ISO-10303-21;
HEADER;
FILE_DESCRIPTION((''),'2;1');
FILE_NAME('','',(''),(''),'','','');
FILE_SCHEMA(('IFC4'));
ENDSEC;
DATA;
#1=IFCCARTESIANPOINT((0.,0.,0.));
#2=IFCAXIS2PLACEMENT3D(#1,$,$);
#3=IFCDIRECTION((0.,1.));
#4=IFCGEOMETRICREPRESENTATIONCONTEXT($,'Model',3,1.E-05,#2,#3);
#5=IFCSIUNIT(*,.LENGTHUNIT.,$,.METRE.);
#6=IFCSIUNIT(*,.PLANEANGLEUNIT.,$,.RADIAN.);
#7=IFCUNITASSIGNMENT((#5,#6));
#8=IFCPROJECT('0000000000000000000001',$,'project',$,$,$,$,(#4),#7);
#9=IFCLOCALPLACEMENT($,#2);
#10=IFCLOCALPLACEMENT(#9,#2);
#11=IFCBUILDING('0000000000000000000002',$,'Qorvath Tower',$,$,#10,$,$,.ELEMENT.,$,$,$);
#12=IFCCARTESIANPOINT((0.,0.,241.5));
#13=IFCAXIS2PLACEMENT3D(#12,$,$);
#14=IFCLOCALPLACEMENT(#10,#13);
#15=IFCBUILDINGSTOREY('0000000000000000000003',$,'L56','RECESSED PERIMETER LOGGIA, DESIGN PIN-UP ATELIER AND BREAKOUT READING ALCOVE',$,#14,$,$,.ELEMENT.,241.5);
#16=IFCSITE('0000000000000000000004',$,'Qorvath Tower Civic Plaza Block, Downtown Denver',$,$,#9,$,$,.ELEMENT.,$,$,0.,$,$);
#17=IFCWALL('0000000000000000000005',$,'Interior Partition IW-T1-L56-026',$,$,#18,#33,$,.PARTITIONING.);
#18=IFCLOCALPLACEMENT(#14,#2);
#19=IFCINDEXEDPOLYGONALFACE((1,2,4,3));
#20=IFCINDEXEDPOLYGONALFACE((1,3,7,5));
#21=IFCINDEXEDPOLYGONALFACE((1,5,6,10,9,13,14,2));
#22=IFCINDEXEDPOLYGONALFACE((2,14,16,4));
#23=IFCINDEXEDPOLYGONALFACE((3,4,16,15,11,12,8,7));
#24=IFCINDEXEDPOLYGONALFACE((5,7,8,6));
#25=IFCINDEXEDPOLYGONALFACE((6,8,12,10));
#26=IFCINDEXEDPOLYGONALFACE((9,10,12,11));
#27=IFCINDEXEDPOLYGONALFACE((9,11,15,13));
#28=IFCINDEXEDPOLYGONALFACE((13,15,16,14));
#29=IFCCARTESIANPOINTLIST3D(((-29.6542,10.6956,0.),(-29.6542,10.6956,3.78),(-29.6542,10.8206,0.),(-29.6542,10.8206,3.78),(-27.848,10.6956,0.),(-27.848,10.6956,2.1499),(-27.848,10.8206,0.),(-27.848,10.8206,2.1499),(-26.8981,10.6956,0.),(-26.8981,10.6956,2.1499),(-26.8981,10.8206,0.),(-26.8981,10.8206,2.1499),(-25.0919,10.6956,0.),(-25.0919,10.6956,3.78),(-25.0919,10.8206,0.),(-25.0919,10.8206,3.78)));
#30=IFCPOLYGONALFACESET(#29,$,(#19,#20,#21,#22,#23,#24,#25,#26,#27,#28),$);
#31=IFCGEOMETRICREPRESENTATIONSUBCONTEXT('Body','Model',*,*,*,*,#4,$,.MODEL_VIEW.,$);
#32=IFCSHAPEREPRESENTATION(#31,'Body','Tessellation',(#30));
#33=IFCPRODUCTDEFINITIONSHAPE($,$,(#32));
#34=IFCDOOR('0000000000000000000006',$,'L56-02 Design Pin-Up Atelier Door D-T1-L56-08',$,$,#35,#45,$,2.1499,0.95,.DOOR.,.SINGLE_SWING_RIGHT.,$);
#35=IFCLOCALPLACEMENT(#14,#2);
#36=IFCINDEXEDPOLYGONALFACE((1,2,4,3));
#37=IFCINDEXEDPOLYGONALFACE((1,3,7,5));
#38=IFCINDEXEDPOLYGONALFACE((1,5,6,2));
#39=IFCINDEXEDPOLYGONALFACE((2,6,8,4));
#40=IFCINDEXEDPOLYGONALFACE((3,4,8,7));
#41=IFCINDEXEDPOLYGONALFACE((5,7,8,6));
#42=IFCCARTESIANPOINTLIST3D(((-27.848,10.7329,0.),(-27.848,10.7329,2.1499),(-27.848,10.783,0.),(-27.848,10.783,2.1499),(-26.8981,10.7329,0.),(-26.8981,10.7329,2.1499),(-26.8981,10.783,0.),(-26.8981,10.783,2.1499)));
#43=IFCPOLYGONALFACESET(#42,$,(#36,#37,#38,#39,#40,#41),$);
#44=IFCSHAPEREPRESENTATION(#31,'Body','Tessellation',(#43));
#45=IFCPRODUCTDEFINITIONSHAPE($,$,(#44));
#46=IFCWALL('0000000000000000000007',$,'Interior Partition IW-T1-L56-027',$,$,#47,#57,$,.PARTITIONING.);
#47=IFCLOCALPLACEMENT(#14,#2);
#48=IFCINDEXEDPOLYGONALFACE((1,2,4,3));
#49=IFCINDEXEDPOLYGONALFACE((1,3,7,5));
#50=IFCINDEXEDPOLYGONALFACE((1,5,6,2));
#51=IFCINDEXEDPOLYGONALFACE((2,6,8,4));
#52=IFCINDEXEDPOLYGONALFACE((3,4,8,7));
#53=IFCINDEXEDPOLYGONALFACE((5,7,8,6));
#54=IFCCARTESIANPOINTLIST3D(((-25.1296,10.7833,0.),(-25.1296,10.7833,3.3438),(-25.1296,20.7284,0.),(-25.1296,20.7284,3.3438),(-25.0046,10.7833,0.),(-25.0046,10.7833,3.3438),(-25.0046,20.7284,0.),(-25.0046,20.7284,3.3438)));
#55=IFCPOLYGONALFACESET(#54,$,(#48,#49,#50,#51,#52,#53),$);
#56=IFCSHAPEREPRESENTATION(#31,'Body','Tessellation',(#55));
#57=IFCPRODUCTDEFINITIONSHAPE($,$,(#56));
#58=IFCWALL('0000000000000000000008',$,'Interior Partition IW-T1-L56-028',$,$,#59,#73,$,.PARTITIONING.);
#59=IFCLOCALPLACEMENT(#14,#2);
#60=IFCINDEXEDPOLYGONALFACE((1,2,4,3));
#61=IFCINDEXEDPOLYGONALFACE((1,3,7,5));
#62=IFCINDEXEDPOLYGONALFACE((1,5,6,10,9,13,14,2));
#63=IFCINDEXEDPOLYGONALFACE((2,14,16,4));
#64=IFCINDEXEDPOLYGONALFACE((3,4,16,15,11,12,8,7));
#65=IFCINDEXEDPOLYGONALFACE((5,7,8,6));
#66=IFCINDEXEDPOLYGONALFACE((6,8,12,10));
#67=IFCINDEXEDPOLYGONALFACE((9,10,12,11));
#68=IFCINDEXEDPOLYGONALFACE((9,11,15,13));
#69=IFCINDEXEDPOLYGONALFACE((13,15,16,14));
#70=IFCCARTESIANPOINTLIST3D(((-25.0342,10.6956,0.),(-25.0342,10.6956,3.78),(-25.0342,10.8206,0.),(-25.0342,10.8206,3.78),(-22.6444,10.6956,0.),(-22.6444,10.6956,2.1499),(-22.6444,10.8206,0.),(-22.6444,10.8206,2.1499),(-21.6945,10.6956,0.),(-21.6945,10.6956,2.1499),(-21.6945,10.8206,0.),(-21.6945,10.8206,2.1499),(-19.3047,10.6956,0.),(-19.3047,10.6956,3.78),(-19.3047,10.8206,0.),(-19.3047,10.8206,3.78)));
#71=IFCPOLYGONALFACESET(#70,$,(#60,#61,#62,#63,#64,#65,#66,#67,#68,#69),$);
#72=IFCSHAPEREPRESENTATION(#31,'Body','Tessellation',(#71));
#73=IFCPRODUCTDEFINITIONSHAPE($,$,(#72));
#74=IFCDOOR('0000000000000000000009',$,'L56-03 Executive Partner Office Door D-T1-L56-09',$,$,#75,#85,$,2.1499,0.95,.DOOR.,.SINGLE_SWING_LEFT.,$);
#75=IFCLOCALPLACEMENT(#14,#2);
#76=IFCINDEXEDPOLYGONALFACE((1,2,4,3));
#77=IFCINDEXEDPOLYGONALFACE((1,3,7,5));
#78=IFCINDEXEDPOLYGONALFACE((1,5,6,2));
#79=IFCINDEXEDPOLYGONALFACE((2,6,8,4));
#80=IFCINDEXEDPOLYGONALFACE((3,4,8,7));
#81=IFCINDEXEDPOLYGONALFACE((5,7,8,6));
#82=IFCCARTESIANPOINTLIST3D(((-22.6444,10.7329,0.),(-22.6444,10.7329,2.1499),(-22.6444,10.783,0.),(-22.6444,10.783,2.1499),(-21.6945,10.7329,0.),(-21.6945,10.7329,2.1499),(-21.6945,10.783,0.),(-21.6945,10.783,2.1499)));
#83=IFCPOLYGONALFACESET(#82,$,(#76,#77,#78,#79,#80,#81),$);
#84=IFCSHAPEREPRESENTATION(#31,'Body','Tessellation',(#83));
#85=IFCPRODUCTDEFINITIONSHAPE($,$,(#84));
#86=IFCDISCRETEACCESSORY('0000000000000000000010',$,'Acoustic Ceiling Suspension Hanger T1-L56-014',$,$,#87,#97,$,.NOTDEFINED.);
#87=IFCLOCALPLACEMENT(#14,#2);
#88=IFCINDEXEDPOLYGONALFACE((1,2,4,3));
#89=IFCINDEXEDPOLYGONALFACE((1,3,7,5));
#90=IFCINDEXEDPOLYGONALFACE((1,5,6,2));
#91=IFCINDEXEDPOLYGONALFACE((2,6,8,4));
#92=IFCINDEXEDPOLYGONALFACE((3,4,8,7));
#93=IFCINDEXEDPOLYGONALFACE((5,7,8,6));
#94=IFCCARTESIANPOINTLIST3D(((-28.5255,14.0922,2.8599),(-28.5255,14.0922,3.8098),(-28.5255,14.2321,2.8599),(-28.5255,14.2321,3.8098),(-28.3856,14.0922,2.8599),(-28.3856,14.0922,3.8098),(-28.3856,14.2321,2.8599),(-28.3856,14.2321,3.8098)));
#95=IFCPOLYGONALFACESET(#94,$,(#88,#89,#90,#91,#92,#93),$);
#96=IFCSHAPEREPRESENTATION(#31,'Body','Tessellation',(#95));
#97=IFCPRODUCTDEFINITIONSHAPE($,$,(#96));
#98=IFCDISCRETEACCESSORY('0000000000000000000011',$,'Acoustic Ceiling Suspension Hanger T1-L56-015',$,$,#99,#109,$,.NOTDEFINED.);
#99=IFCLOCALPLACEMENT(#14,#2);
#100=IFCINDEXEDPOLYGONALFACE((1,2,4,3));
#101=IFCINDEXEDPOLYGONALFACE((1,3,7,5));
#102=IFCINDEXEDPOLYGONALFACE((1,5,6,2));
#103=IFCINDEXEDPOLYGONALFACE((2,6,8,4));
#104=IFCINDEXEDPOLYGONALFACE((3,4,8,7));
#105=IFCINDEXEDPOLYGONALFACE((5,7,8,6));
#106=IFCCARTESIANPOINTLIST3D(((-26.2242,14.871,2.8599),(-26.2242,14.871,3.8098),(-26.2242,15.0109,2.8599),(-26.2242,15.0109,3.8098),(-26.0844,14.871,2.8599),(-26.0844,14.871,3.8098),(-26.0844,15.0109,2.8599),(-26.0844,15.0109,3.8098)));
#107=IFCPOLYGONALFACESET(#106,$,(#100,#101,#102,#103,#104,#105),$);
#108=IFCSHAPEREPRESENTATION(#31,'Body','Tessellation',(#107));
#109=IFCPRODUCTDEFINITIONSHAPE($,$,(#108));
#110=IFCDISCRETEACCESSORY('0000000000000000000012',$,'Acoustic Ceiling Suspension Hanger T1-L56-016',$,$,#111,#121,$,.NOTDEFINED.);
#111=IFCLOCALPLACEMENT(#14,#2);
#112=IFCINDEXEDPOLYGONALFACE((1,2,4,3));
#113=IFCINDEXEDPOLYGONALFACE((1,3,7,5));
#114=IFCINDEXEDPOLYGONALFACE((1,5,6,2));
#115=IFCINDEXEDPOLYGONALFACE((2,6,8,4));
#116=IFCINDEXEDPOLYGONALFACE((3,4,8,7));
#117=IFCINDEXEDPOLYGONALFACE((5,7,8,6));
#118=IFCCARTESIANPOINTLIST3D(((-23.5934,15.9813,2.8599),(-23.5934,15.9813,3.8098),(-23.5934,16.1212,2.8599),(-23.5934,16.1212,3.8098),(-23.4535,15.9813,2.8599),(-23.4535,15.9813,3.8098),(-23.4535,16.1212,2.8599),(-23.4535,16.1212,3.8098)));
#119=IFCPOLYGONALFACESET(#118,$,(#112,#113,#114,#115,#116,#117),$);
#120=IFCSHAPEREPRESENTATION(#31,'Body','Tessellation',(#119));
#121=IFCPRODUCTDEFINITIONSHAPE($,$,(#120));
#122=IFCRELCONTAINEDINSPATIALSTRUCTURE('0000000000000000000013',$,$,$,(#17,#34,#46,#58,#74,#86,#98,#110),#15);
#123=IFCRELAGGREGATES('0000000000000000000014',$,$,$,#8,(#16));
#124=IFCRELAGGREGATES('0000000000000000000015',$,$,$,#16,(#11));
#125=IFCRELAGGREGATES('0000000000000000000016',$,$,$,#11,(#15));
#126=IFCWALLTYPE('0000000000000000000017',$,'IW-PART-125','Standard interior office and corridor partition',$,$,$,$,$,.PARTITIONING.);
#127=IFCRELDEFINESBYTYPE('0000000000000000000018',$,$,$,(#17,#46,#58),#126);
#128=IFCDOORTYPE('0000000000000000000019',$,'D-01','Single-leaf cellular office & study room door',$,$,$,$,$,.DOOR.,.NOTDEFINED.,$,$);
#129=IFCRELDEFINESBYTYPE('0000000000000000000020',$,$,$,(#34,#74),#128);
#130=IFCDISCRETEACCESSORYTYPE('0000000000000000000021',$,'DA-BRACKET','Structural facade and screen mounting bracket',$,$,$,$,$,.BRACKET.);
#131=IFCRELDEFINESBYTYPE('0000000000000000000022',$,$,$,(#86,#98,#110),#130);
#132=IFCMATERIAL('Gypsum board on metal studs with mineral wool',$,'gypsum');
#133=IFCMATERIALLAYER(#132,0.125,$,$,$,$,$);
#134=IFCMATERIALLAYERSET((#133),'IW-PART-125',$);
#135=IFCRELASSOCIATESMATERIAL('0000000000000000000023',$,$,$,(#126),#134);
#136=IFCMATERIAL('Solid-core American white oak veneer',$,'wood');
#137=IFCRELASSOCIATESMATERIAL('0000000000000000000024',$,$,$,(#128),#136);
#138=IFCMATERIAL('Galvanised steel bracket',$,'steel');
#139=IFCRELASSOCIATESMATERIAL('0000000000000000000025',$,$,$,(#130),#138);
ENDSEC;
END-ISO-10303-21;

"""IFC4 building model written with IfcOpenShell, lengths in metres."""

from ifc_helpers import new_model, si_unit, direction, frame, frame_2d, origin, origin_2d, place, context, subcontext, project, spatial, rectangle, extrude, material, layer, layer_set, type_object, element, fill, save


model = new_model("IFC4")

# Units and contexts
model_context = context("Model", 3, precision=1e-05, world=origin(), true_north=direction((0.0, 1.0)))
body_context = subcontext(model_context, "Body", "Model", "MODEL_VIEW")
ifc_project = project(units=[si_unit("LENGTHUNIT", "METRE"), si_unit("PLANEANGLEUNIT", "RADIAN")], contexts=[model_context])

# Site, building, storey
site_placement = place(None, origin())
site = spatial("IfcSite", under=ifc_project, at=site_placement, Name="Qorvath Tower Civic Plaza Block, Downtown Denver", CompositionType="ELEMENT", RefElevation=0.0)
building_placement = place(site_placement, origin())
building = spatial("IfcBuilding", under=site, at=building_placement, Name="Qorvath Tower", CompositionType="ELEMENT")
storey_placement = place(building_placement, frame((0.0, 0.0, 241.5)))
storey = spatial("IfcBuildingStorey", under=building, at=storey_placement, Name="L56", Description="RECESSED PERIMETER LOGGIA, DESIGN PIN-UP ATELIER AND BREAKOUT READING ALCOVE", CompositionType="ELEMENT", Elevation=241.5)

# Shared definitions
ifc_material_1 = material(Name="Gypsum board on metal studs with mineral wool", Category="gypsum")
ifc_layer_1 = layer(ifc_material_1, 0.125)
ifc_layer_set_1 = layer_set([ifc_layer_1], Name="IW-PART-125")
wall_type = type_object("IfcWallType", Name="IW-PART-125", Description="Standard interior office and corridor partition", PredefinedType="PARTITIONING", material=ifc_layer_set_1)

# Wall, opening, door
wall_1_placement = place(storey_placement, frame((-29.6543, 10.7581, 0.0), z_axis=(0.0, 0.0, 1.0), x_axis=(1.0, 0.0, 0.0)))
wall_1 = element("IfcWall", 1, at=wall_1_placement, inside=storey, type_object=wall_type, Name="Interior Partition IW-T1-L56-026", PredefinedType="PARTITIONING", context=body_context, shape_type="SweptSolid", body=[
    extrude(rectangle(XDim=4.5623, YDim=0.125, at=frame_2d((2.2812, 0.0))), origin(), (0.0, 0.0, 1.0), 3.78),
])
opening_1_placement = place(wall_1_placement, frame((1.8062, 0.0, 0.0)))
opening_1 = element("IfcOpeningElement", 2, at=opening_1_placement, cuts=wall_1, PredefinedType="OPENING", context=body_context, shape_type="SweptSolid", body=[
    extrude(rectangle(XDim=0.95, YDim=2.1499, at=frame_2d((0.4751, 1.075))), frame((0.0, 0.0725, 0.0), z_axis=(0.0, -1.0, 0.0), x_axis=(1.0, 0.0, 0.0)), (0.0, 0.0, 1.0), 0.145),
])
ifc_material_2 = material(Name="Solid-core American white oak veneer", Category="wood")
door_type = type_object("IfcDoorType", Name="D-01", Description="Single-leaf cellular office & study room door", OperationType="NOTDEFINED", PredefinedType="DOOR", material=ifc_material_2)
door_1_placement = place(opening_1_placement, origin())
door_1 = element("IfcDoor", 3, at=door_1_placement, inside=storey, type_object=door_type, Name="L56-02 Design Pin-Up Atelier Door D-T1-L56-08", OperationType="SINGLE_SWING_RIGHT", OverallHeight=2.1499, OverallWidth=0.95, PredefinedType="DOOR", context=body_context, shape_type="SweptSolid", body=[
    extrude(rectangle(XDim=0.95, YDim=2.1499, at=frame_2d((0.4751, 1.075))), frame((0.0, 0.0249, 0.0), z_axis=(0.0, -1.0, 0.0), x_axis=(1.0, 0.0, 0.0)), (0.0, 0.0, 1.0), 0.05),
])
fill(opening_1, door_1)

# Wall
wall_2_placement = place(storey_placement, frame((-25.0671, 10.7832, 0.0), z_axis=(0.0, 0.0, 1.0), x_axis=(0.0, 1.0, 0.0)))
element("IfcWall", 4, at=wall_2_placement, inside=storey, type_object=wall_type, Name="Interior Partition IW-T1-L56-027", PredefinedType="PARTITIONING", context=body_context, shape_type="SweptSolid", body=[
    extrude(rectangle(XDim=9.9451, YDim=0.125, at=frame_2d((4.9727, 0.0))), origin(), (0.0, 0.0, 1.0), 3.3438),
])

# Wall, opening, door
wall_3_placement = place(storey_placement, frame((-25.0342, 10.7581, 0.0), z_axis=(0.0, 0.0, 1.0), x_axis=(1.0, 0.0, 0.0)))
wall_3 = element("IfcWall", 5, at=wall_3_placement, inside=storey, type_object=wall_type, Name="Interior Partition IW-T1-L56-028", PredefinedType="PARTITIONING", context=body_context, shape_type="SweptSolid", body=[
    extrude(rectangle(XDim=5.7295, YDim=0.125, at=frame_2d((2.8647, 0.0))), origin(), (0.0, 0.0, 1.0), 3.78),
])
opening_2_placement = place(wall_3_placement, frame((2.3896, 0.0, 0.0)))
opening_2 = element("IfcOpeningElement", 6, at=opening_2_placement, cuts=wall_3, PredefinedType="OPENING", context=body_context, shape_type="SweptSolid", body=[
    extrude(rectangle(XDim=0.95, YDim=2.1499, at=frame_2d((0.4751, 1.075))), frame((0.0, 0.0725, 0.0), z_axis=(0.0, -1.0, 0.0), x_axis=(1.0, 0.0, 0.0)), (0.0, 0.0, 1.0), 0.145),
])
door_2_placement = place(opening_2_placement, origin())
door_2 = element("IfcDoor", 7, at=door_2_placement, inside=storey, type_object=door_type, Name="L56-03 Executive Partner Office Door D-T1-L56-09", OperationType="SINGLE_SWING_LEFT", OverallHeight=2.1499, OverallWidth=0.95, PredefinedType="DOOR", context=body_context, shape_type="SweptSolid", body=[
    extrude(rectangle(XDim=0.95, YDim=2.1499, at=frame_2d((0.4751, 1.075))), frame((0.0, 0.0249, 0.0), z_axis=(0.0, -1.0, 0.0), x_axis=(1.0, 0.0, 0.0)), (0.0, 0.0, 1.0), 0.05),
])
fill(opening_2, door_2)

# Discrete accessories
ifc_material_3 = material(Name="Galvanised steel bracket", Category="steel")
discrete_accessory_type = type_object("IfcDiscreteAccessoryType", Name="DA-BRACKET", Description="Structural facade and screen mounting bracket", PredefinedType="BRACKET", material=ifc_material_3)
for number, where, z_axis, x_axis, name in (
    (8, (-28.4556, 14.1621, 2.8599), (0.0, 0.0, 1.0), (1.0, 0.0, 0.0), "Acoustic Ceiling Suspension Hanger T1-L56-014"),
    (9, (-26.1543, 14.9409, 2.8599), (0.0, 0.0, 1.0), (1.0, 0.0, 0.0), "Acoustic Ceiling Suspension Hanger T1-L56-015"),
    (10, (-23.5234, 16.0513, 2.8599), (0.0, 0.0, 1.0), (1.0, 0.0, 0.0), "Acoustic Ceiling Suspension Hanger T1-L56-016"),
):
    element("IfcDiscreteAccessory", number, at=place(storey_placement, frame(where, z_axis=z_axis, x_axis=x_axis)), inside=storey, type_object=discrete_accessory_type, Name=name, PredefinedType="NOTDEFINED", context=body_context, shape_type="SweptSolid", body=[
        extrude(rectangle(XDim=0.1399, YDim=0.1399, at=origin_2d()), origin(), (0.0, 0.0, 1.0), 0.95),
    ])

save(model, "model.ifc")
